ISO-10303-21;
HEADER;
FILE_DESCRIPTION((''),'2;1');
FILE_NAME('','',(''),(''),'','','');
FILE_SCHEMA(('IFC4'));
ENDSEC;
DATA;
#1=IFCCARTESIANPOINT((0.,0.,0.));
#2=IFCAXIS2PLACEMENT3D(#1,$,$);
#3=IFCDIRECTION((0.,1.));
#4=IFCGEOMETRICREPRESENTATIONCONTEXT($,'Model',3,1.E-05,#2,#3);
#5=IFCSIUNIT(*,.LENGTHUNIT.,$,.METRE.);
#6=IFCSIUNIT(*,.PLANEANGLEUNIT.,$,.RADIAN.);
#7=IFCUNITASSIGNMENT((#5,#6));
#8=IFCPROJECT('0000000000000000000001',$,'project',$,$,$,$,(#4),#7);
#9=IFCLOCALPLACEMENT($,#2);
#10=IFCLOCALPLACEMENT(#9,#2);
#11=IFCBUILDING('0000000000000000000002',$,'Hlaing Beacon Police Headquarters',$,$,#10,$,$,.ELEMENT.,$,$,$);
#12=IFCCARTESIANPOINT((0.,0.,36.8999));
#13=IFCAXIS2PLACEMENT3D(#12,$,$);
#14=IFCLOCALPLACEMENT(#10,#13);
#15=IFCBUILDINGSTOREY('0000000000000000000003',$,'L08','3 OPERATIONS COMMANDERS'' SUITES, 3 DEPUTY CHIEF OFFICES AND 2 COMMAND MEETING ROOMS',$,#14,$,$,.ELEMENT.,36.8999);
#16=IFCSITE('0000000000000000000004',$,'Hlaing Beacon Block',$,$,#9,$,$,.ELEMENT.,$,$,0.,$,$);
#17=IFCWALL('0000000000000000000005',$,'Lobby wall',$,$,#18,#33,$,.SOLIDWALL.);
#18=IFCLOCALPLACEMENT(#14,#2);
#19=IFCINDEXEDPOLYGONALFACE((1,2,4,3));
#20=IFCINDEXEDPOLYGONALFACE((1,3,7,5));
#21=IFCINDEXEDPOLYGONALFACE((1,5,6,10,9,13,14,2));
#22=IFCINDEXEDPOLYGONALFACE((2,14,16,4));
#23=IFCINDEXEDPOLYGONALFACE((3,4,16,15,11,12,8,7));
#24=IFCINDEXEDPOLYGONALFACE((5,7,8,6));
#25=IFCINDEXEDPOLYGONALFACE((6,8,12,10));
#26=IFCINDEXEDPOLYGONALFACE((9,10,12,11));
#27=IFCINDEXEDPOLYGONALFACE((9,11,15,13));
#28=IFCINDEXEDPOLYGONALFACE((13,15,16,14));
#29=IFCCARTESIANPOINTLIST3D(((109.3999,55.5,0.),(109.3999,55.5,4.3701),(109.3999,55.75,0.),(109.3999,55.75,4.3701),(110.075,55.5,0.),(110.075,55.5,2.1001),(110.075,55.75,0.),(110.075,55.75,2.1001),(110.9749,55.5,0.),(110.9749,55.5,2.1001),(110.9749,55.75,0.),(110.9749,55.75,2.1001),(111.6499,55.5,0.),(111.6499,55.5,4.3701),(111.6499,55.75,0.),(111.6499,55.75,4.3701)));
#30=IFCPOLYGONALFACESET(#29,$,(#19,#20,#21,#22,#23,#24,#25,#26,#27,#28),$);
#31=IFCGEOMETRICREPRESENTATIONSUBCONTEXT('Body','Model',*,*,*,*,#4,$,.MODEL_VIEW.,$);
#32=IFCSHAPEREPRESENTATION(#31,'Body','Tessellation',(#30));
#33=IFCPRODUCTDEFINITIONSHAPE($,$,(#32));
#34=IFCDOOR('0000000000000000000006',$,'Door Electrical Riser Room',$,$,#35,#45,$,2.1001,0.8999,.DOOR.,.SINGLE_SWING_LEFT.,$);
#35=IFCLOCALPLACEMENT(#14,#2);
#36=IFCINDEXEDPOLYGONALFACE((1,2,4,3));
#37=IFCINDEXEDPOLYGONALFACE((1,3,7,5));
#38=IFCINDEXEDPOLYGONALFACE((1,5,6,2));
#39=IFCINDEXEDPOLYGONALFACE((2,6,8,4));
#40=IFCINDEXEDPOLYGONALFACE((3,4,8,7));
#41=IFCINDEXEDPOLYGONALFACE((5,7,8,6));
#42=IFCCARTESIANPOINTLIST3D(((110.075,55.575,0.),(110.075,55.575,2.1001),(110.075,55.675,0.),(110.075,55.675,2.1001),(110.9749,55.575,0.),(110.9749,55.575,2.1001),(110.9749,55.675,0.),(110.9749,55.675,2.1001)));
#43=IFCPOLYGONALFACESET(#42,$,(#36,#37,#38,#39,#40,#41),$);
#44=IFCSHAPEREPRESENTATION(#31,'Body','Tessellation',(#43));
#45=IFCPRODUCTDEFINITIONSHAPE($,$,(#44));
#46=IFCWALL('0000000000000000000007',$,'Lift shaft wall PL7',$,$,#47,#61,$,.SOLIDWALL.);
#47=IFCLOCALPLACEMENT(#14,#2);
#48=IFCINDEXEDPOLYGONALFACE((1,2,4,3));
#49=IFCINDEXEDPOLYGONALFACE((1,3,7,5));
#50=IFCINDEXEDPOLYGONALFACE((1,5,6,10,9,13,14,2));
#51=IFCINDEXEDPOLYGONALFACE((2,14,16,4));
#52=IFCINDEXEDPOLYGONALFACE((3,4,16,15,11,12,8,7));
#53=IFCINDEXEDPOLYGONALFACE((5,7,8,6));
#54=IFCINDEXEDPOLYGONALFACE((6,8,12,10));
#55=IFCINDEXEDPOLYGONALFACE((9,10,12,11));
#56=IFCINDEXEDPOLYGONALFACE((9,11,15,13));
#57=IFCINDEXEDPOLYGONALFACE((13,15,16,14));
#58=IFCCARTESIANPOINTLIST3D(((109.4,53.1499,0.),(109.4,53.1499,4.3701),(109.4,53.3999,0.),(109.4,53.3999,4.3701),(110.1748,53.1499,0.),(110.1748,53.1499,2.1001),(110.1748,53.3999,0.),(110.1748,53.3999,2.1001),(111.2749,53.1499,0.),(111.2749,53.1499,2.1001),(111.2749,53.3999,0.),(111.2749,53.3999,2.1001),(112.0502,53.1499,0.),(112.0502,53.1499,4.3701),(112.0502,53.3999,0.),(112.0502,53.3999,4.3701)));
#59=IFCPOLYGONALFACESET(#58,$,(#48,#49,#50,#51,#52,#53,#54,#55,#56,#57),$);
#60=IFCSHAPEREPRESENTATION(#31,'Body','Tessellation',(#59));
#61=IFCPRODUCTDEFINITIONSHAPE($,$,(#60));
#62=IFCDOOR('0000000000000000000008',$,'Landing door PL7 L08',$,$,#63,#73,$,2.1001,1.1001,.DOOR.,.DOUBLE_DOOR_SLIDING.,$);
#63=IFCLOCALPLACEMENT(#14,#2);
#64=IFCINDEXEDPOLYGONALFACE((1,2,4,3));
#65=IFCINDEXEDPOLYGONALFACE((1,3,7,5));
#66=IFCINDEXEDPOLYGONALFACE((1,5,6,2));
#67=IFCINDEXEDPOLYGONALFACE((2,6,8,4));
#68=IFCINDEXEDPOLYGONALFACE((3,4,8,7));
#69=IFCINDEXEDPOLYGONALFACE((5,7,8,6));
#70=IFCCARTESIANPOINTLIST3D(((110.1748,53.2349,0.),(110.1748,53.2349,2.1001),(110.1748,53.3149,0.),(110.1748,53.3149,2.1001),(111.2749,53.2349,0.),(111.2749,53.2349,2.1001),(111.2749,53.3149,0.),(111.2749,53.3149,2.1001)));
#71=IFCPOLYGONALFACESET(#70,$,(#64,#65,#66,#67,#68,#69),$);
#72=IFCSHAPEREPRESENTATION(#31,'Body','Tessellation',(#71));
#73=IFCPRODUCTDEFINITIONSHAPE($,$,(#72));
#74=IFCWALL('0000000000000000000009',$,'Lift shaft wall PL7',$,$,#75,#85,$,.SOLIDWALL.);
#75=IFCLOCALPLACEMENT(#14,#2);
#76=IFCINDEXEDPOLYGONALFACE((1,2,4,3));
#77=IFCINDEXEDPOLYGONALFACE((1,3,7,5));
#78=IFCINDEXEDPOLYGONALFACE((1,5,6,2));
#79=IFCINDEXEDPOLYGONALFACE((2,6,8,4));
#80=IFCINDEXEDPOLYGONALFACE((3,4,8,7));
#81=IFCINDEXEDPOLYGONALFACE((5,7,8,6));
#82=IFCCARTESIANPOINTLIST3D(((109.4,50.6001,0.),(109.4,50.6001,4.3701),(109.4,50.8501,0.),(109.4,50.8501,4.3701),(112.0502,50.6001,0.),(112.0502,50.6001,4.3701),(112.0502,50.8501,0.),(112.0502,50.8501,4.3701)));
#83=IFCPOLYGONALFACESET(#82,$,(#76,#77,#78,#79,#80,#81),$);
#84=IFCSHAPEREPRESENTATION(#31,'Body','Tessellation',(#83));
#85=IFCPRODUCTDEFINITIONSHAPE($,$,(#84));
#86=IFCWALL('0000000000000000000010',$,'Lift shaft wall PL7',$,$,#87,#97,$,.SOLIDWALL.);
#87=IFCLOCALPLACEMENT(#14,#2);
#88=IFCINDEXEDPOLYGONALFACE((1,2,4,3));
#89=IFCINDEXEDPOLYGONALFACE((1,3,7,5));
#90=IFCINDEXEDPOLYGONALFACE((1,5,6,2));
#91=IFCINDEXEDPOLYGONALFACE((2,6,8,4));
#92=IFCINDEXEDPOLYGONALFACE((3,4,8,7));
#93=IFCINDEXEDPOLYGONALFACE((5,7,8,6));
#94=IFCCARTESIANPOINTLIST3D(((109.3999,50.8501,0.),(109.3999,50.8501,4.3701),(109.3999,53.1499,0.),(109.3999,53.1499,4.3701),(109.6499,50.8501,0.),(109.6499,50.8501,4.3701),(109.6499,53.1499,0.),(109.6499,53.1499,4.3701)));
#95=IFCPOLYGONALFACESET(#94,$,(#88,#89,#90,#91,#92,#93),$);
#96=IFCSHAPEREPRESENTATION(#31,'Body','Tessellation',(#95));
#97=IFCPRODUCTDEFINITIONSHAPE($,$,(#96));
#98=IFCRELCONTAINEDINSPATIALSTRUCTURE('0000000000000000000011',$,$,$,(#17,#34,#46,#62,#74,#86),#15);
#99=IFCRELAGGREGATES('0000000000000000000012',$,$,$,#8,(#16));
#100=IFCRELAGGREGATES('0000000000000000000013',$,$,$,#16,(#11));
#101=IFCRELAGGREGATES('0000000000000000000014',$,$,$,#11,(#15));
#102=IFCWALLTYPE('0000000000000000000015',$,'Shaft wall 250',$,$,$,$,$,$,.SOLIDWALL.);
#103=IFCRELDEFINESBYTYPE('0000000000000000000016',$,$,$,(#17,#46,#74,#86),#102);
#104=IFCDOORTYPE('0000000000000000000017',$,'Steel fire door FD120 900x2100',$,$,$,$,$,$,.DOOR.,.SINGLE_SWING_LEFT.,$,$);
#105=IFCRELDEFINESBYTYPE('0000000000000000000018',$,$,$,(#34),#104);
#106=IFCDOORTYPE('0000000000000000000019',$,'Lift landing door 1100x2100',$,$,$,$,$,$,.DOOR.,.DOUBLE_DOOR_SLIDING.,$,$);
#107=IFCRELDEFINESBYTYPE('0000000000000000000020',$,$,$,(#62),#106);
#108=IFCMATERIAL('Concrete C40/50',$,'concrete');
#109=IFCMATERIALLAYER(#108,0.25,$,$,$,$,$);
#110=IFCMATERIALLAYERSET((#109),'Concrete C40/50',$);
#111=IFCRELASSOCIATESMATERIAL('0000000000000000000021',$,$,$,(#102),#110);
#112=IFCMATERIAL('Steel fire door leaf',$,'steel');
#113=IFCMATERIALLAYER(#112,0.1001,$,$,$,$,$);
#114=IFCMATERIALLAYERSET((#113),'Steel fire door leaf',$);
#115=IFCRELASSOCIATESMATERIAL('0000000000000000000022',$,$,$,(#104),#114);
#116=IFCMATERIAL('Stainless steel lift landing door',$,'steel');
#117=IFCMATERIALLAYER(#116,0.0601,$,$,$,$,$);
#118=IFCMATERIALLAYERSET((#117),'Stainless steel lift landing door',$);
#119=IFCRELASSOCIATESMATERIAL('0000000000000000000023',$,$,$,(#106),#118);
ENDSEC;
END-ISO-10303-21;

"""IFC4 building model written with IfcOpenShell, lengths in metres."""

from ifc_helpers import new_model, si_unit, direction, frame, frame_2d, origin, place, context, subcontext, project, spatial, rectangle, extrude, material, layer, layer_set, type_object, element, fill, save


model = new_model("IFC4")

# Units and contexts
model_context = context("Model", 3, precision=1e-05, world=origin(), true_north=direction((0.0, 1.0)))
body_context = subcontext(model_context, "Body", "Model", "MODEL_VIEW")
ifc_project = project(units=[si_unit("LENGTHUNIT", "METRE"), si_unit("PLANEANGLEUNIT", "RADIAN")], contexts=[model_context])

# Site, building, storey
site_placement = place(None, origin())
site = spatial("IfcSite", under=ifc_project, at=site_placement, Name="Hlaing Beacon Block", CompositionType="ELEMENT", RefElevation=0.0)
building_placement = place(site_placement, origin())
building = spatial("IfcBuilding", under=site, at=building_placement, Name="Hlaing Beacon Police Headquarters", CompositionType="ELEMENT")
storey_placement = place(building_placement, frame((0.0, 0.0, 36.8999)))
storey = spatial("IfcBuildingStorey", under=building, at=storey_placement, Name="L08", Description="3 OPERATIONS COMMANDERS' SUITES, 3 DEPUTY CHIEF OFFICES AND 2 COMMAND MEETING ROOMS", CompositionType="ELEMENT", Elevation=36.8999)

# Walls, openings, doors
ifc_material_1 = material(Name="Concrete C40/50", Category="concrete")
ifc_layer_1 = layer(ifc_material_1, 0.25)
ifc_layer_set_1 = layer_set([ifc_layer_1], Name="Concrete C40/50")
wall_type_1 = type_object("IfcWallType", Name="Shaft wall 250", PredefinedType="SOLIDWALL", material=ifc_layer_set_1)
wall_1_placement = place(storey_placement, frame((109.3999, 55.625, 0.0), z_axis=(0.0, 0.0, 1.0), x_axis=(1.0, 0.0, 0.0)))
wall_1 = element("IfcWall", 1, at=wall_1_placement, inside=storey, type_object=wall_type_1, Name="Lobby wall", PredefinedType="SOLIDWALL", context=body_context, shape_type="SweptSolid", body=[
    extrude(rectangle(XDim=2.25, YDim=0.25, at=frame_2d((1.125, 0.0))), origin(), (0.0, 0.0, 1.0), 4.3701),
])
opening_1_placement = place(wall_1_placement, frame((0.675, 0.0, 0.0)))
opening_1 = element("IfcOpeningElement", 2, at=opening_1_placement, cuts=wall_1, PredefinedType="OPENING", context=body_context, shape_type="SweptSolid", body=[
    extrude(rectangle(XDim=0.8999, YDim=2.1001, at=frame_2d((0.45, 1.05))), frame((0.0, 0.135, 0.0), z_axis=(0.0, -1.0, 0.0), x_axis=(1.0, 0.0, 0.0)), (0.0, 0.0, 1.0), 0.27),
])
ifc_material_2 = material(Name="Steel fire door leaf", Category="steel")
ifc_layer_2 = layer(ifc_material_2, 0.1001)
ifc_layer_set_2 = layer_set([ifc_layer_2], Name="Steel fire door leaf")
door_type_1 = type_object("IfcDoorType", Name="Steel fire door FD120 900x2100", OperationType="SINGLE_SWING_LEFT", PredefinedType="DOOR", material=ifc_layer_set_2)
door_1_placement = place(opening_1_placement, origin())
door_1 = element("IfcDoor", 3, at=door_1_placement, inside=storey, type_object=door_type_1, Name="Door Electrical Riser Room", OperationType="SINGLE_SWING_LEFT", OverallHeight=2.1001, OverallWidth=0.8999, PredefinedType="DOOR", context=body_context, shape_type="SweptSolid", body=[
    extrude(rectangle(XDim=0.8999, YDim=2.1001, at=frame_2d((0.45, 1.05))), frame((0.0, 0.05, 0.0), z_axis=(0.0, -1.0, 0.0), x_axis=(1.0, 0.0, 0.0)), (0.0, 0.0, 1.0), 0.1001),
])
fill(opening_1, door_1)
wall_2_placement = place(storey_placement, frame((109.3999, 53.2749, 0.0), z_axis=(0.0, 0.0, 1.0), x_axis=(1.0, 0.0, 0.0)))
wall_2 = element("IfcWall", 4, at=wall_2_placement, inside=storey, type_object=wall_type_1, Name="Lift shaft wall PL7", PredefinedType="SOLIDWALL", context=body_context, shape_type="SweptSolid", body=[
    extrude(rectangle(XDim=2.6501, YDim=0.25, at=frame_2d((1.3252, 0.0))), origin(), (0.0, 0.0, 1.0), 4.3701),
])
opening_2_placement = place(wall_2_placement, frame((0.7749, 0.0, 0.0)))
opening_2 = element("IfcOpeningElement", 5, at=opening_2_placement, cuts=wall_2, PredefinedType="OPENING", context=body_context, shape_type="SweptSolid", body=[
    extrude(rectangle(XDim=1.1001, YDim=2.1001, at=frame_2d((0.55, 1.05))), frame((0.0, 0.135, 0.0), z_axis=(0.0, -1.0, 0.0), x_axis=(1.0, 0.0, 0.0)), (0.0, 0.0, 1.0), 0.27),
])
ifc_material_3 = material(Name="Stainless steel lift landing door", Category="steel")
ifc_layer_3 = layer(ifc_material_3, 0.0601)
ifc_layer_set_3 = layer_set([ifc_layer_3], Name="Stainless steel lift landing door")
door_type_2 = type_object("IfcDoorType", Name="Lift landing door 1100x2100", OperationType="DOUBLE_DOOR_SLIDING", PredefinedType="DOOR", material=ifc_layer_set_3)
door_2_placement = place(opening_2_placement, origin())
door_2 = element("IfcDoor", 6, at=door_2_placement, inside=storey, type_object=door_type_2, Name="Landing door PL7 L08", OperationType="DOUBLE_DOOR_SLIDING", OverallHeight=2.1001, OverallWidth=1.1001, PredefinedType="DOOR", context=body_context, shape_type="SweptSolid", body=[
    extrude(rectangle(XDim=1.1001, YDim=2.1001, at=frame_2d((0.55, 1.05))), frame((0.0, 0.04, 0.0), z_axis=(0.0, -1.0, 0.0), x_axis=(1.0, 0.0, 0.0)), (0.0, 0.0, 1.0), 0.0801),
])
fill(opening_2, door_2)

# Walls
wall_3_placement = place(storey_placement, frame((109.3999, 50.7251, 0.0), z_axis=(0.0, 0.0, 1.0), x_axis=(1.0, 0.0, 0.0)))
element("IfcWall", 7, at=wall_3_placement, inside=storey, type_object=wall_type_1, Name="Lift shaft wall PL7", PredefinedType="SOLIDWALL", context=body_context, shape_type="SweptSolid", body=[
    extrude(rectangle(XDim=2.6501, YDim=0.25, at=frame_2d((1.3252, 0.0))), origin(), (0.0, 0.0, 1.0), 4.3701),
])
wall_4_placement = place(storey_placement, frame((109.5249, 50.8501, 0.0), z_axis=(0.0, 0.0, 1.0), x_axis=(0.0, 1.0, 0.0)))
element("IfcWall", 8, at=wall_4_placement, inside=storey, type_object=wall_type_1, Name="Lift shaft wall PL7", PredefinedType="SOLIDWALL", context=body_context, shape_type="SweptSolid", body=[
    extrude(rectangle(XDim=2.2998, YDim=0.25, at=frame_2d((1.1499, 0.0))), origin(), (0.0, 0.0, 1.0), 4.3701),
])

save(model, "model.ifc")
